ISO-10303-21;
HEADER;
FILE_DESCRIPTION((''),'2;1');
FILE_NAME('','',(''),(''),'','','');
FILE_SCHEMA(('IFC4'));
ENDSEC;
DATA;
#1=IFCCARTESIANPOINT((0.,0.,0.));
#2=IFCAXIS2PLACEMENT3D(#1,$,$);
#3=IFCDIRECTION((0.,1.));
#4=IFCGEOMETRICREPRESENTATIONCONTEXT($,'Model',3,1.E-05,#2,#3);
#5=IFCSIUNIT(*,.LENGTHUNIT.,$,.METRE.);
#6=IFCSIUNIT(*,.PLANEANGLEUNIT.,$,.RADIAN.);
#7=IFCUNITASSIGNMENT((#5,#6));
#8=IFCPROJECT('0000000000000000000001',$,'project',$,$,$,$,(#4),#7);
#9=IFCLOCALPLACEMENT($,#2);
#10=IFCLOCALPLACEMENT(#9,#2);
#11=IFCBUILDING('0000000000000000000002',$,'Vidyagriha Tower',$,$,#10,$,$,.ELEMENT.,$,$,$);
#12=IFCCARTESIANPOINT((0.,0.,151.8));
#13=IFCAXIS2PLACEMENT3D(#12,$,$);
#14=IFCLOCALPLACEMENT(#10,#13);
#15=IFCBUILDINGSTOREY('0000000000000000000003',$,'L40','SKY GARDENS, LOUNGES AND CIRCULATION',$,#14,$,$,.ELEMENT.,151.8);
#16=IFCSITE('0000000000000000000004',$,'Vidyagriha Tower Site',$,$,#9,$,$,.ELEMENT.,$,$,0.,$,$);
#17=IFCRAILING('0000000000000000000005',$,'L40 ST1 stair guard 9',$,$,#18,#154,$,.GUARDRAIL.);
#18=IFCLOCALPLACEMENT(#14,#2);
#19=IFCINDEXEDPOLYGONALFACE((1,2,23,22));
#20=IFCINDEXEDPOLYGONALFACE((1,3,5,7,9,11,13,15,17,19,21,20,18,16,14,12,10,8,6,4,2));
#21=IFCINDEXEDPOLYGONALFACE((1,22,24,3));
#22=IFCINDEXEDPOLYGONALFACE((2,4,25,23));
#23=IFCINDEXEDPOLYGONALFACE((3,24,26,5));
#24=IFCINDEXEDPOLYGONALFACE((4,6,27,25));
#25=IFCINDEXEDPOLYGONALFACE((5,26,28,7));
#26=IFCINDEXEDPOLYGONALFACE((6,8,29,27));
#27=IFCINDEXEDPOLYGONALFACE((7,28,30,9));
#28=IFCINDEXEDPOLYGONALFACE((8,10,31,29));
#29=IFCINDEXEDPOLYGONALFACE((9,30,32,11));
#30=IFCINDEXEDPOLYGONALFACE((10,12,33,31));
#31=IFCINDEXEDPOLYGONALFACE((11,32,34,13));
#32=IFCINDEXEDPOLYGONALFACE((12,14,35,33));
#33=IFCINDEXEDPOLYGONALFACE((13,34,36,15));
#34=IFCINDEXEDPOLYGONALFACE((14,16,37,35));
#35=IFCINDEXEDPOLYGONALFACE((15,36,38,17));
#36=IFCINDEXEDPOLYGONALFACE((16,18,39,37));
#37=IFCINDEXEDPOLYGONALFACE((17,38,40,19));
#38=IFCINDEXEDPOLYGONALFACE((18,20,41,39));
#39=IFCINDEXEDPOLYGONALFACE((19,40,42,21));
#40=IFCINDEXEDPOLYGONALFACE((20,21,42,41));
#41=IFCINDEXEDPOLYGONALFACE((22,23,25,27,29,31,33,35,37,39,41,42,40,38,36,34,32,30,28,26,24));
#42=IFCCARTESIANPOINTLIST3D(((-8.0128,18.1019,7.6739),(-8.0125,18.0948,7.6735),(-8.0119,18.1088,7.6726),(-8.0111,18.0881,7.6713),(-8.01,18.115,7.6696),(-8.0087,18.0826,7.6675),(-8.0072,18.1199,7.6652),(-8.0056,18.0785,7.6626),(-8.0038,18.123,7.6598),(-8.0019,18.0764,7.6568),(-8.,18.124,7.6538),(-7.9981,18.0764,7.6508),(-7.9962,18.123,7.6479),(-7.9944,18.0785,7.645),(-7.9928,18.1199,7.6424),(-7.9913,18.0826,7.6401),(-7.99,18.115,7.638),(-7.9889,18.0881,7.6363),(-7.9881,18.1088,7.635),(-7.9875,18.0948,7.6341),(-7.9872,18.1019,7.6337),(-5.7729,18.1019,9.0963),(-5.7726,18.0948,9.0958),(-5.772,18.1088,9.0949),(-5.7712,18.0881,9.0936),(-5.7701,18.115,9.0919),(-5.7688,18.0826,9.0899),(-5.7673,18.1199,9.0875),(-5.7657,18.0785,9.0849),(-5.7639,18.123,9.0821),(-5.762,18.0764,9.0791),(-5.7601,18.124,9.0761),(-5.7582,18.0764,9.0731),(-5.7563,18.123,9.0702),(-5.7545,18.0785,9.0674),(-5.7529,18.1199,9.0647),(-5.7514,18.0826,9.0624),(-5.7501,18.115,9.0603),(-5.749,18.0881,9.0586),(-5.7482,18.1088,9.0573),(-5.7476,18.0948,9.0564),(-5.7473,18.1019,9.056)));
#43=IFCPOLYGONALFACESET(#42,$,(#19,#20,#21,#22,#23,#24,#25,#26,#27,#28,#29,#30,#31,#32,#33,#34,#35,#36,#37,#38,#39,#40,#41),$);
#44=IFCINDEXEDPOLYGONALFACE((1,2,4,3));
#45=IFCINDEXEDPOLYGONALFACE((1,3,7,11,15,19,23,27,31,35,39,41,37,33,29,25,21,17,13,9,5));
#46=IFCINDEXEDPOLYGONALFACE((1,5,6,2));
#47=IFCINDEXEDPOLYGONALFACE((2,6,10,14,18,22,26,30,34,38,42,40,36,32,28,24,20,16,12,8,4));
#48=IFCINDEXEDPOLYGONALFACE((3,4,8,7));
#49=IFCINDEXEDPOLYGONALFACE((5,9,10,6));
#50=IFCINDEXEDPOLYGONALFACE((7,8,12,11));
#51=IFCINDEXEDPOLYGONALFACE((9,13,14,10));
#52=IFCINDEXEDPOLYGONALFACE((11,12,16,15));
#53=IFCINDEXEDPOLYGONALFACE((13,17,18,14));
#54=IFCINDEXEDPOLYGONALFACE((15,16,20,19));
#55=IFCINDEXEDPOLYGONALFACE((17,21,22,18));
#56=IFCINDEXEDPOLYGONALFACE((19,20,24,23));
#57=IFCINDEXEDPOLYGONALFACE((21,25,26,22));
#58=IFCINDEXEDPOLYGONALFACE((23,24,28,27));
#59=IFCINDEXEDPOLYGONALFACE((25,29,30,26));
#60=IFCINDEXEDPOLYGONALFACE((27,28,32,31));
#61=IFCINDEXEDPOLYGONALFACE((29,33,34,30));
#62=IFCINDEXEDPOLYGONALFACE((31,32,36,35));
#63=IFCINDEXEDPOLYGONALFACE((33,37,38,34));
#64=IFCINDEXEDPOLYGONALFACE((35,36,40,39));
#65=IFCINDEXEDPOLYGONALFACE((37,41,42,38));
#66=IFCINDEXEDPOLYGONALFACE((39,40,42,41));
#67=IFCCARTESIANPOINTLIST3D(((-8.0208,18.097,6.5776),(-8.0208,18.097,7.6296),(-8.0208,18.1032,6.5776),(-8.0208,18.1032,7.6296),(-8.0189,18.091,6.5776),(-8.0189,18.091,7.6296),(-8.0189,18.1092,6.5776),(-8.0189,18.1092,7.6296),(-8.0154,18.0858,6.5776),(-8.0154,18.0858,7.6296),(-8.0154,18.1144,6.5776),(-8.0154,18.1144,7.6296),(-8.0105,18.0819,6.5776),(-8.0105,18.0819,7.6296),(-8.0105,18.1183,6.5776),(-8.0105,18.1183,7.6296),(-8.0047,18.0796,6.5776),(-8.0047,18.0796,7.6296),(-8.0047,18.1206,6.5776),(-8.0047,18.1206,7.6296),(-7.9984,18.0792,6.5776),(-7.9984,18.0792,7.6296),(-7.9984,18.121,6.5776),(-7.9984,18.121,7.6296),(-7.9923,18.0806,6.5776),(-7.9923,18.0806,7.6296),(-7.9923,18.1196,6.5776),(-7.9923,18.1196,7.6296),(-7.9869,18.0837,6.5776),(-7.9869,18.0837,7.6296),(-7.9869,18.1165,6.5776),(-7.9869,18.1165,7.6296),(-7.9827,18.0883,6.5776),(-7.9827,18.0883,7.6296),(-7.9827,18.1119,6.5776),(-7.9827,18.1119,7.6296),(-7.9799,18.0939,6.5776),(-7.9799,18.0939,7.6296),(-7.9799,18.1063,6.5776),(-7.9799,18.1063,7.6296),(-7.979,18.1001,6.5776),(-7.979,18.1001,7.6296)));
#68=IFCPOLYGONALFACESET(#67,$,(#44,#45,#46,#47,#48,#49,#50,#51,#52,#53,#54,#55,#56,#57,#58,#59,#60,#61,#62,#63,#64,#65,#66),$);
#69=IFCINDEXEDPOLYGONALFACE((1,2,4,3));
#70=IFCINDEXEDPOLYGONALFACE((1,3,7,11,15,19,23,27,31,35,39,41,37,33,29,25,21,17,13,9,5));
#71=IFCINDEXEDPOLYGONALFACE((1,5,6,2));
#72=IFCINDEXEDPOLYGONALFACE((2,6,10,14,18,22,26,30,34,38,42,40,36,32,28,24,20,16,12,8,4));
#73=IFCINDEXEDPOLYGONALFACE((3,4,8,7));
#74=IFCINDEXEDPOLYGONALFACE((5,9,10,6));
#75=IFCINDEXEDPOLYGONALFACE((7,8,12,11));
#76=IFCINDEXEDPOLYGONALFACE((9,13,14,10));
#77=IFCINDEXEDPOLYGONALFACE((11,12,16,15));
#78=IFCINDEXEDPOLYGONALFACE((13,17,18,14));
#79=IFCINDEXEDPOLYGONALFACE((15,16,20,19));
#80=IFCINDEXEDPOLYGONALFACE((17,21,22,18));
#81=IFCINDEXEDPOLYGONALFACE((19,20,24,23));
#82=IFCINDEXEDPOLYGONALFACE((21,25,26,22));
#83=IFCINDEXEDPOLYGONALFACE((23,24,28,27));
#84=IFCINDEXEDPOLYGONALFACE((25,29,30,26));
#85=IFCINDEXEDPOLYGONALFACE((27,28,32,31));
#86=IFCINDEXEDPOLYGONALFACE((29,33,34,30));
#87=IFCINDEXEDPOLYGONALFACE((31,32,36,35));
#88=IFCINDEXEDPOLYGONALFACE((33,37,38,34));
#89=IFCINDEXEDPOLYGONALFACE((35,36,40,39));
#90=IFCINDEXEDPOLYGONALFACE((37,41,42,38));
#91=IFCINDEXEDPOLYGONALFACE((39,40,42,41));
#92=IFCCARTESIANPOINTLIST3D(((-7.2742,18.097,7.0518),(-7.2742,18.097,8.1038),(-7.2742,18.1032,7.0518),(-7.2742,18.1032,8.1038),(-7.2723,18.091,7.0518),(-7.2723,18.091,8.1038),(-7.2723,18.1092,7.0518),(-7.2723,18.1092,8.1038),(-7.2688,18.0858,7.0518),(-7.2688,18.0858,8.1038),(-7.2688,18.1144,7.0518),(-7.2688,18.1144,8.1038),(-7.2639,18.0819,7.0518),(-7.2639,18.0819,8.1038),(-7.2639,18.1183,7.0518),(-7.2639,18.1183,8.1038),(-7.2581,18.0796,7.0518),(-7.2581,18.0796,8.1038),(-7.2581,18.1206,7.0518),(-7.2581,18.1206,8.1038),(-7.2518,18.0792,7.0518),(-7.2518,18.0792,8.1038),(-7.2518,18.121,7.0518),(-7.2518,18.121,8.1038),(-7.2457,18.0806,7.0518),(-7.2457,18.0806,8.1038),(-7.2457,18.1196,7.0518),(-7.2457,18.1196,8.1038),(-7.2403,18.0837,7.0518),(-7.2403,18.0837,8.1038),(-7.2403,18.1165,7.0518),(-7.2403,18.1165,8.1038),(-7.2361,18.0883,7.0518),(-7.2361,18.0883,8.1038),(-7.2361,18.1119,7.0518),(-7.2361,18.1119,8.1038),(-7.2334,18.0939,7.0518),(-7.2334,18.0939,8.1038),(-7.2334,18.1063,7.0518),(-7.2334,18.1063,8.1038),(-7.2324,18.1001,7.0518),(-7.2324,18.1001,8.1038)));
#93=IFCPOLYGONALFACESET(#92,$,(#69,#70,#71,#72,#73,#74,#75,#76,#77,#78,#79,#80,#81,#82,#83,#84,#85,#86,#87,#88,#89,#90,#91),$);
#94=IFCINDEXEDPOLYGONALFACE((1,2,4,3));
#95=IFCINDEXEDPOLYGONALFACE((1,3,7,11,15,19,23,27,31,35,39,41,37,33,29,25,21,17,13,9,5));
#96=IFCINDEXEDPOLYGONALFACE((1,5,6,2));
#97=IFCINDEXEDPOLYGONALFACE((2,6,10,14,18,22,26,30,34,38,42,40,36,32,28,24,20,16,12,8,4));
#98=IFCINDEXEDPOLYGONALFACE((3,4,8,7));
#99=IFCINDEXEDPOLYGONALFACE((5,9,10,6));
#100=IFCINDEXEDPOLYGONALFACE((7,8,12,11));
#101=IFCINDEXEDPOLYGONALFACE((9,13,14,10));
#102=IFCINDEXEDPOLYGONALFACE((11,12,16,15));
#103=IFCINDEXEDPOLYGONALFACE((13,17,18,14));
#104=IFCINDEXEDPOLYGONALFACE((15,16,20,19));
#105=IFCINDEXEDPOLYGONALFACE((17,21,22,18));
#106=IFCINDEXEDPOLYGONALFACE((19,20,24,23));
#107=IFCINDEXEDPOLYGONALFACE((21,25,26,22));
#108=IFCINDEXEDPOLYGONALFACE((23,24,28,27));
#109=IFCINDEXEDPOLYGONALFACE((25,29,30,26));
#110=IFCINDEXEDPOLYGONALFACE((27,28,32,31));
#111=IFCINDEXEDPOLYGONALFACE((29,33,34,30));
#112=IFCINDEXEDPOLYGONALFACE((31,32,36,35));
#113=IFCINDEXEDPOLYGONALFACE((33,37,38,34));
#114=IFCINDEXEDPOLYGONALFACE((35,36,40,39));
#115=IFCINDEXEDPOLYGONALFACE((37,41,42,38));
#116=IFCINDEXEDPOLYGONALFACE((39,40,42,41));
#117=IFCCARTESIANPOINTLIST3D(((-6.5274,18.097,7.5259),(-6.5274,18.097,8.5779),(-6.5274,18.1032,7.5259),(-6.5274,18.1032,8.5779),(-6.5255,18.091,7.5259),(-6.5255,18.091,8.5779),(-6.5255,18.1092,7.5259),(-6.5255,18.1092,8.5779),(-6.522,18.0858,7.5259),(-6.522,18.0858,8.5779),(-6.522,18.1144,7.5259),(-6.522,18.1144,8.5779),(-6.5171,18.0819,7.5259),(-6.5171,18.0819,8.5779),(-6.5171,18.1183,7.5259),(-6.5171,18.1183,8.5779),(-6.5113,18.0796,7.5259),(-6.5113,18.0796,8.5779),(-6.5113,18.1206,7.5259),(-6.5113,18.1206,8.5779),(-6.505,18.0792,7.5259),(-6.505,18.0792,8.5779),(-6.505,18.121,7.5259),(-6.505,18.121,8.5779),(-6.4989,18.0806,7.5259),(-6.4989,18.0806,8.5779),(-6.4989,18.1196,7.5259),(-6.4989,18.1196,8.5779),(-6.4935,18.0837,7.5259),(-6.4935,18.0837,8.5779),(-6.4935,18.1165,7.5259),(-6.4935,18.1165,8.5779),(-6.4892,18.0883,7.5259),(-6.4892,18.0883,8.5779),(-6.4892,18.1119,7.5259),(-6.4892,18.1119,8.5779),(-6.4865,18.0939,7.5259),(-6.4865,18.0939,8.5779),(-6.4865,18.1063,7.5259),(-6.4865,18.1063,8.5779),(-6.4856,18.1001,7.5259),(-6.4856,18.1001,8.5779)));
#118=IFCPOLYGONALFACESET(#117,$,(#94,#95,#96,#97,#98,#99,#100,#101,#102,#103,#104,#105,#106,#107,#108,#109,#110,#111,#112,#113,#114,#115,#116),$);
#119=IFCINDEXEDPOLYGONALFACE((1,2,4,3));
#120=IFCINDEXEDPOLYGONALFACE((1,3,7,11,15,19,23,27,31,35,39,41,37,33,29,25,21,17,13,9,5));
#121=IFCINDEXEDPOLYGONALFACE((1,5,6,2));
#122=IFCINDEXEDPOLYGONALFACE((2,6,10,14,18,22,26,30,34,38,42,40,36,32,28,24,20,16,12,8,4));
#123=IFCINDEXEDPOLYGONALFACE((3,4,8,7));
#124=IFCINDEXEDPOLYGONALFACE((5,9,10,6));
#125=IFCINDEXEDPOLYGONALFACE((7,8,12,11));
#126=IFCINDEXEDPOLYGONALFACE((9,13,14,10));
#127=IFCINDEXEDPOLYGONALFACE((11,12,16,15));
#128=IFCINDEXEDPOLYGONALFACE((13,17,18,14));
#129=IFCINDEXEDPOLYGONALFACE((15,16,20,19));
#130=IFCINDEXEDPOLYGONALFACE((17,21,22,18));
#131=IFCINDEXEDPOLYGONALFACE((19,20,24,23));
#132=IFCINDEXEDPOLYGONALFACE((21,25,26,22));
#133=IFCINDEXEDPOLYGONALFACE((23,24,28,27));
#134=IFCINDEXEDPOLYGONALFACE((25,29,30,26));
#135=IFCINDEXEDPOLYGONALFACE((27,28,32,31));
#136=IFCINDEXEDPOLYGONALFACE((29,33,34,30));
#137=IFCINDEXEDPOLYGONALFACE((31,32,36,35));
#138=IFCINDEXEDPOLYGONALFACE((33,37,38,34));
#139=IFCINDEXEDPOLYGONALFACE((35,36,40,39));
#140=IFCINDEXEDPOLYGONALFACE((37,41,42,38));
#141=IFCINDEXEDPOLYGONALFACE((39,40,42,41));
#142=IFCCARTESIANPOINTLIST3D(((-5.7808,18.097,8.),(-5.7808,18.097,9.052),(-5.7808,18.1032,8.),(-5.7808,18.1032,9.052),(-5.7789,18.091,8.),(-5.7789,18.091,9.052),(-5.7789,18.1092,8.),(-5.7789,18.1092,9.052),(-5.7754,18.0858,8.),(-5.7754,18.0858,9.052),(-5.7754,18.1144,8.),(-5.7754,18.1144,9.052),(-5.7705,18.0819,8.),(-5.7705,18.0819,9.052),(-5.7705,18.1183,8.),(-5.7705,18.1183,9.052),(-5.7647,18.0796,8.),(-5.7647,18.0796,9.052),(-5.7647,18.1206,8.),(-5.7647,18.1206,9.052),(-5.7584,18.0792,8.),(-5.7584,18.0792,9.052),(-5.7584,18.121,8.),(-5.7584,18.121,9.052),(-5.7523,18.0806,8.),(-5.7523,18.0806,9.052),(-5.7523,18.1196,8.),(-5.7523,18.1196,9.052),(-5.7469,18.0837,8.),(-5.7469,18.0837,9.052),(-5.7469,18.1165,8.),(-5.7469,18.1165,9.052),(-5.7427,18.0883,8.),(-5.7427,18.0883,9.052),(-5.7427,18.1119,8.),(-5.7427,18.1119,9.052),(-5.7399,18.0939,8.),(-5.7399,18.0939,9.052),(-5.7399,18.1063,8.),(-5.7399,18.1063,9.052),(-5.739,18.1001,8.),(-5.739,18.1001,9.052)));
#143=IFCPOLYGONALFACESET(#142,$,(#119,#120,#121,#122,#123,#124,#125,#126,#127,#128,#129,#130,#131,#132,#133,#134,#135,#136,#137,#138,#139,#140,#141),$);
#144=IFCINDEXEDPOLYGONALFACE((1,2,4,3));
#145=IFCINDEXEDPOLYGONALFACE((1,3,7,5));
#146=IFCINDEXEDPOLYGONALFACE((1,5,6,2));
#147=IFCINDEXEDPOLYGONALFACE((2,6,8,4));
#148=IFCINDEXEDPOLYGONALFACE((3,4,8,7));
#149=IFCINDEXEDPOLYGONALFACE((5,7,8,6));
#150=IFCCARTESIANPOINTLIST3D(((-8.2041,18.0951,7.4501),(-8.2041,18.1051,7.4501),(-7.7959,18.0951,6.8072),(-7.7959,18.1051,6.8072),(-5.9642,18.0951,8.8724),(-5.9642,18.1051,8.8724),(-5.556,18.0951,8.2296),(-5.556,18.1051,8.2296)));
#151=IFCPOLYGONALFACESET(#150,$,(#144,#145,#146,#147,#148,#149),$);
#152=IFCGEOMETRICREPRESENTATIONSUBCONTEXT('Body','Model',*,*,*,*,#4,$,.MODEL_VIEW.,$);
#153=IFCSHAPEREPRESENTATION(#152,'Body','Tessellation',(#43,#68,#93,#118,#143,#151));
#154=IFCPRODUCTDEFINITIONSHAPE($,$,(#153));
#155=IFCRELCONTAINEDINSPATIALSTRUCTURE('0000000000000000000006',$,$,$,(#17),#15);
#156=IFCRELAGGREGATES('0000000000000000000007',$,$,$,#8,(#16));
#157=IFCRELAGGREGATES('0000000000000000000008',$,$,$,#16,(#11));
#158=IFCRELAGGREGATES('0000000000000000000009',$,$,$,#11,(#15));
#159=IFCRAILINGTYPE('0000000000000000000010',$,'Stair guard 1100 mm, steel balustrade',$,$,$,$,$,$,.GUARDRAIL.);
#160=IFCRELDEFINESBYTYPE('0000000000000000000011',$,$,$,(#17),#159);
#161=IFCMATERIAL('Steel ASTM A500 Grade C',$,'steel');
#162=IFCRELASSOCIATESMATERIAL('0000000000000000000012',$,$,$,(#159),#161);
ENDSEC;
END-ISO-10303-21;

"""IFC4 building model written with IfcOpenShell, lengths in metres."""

from ifc_helpers import new_model, si_unit, direction, frame, origin, origin_2d, place, context, subcontext, project, spatial, rectangle, circle, extrude, material, type_object, element, save


model = new_model("IFC4")

# Units and contexts
model_context = context("Model", 3, precision=1e-05, world=origin(), true_north=direction((0.0, 1.0)))
body_context = subcontext(model_context, "Body", "Model", "MODEL_VIEW")
ifc_project = project(units=[si_unit("LENGTHUNIT", "METRE"), si_unit("PLANEANGLEUNIT", "RADIAN")], contexts=[model_context])

# Site, building, storey
site_placement = place(None, origin())
site = spatial("IfcSite", under=ifc_project, at=site_placement, Name="Vidyagriha Tower Site", CompositionType="ELEMENT", RefElevation=0.0)
building_placement = place(site_placement, origin())
building = spatial("IfcBuilding", under=site, at=building_placement, Name="Vidyagriha Tower", CompositionType="ELEMENT")
storey_placement = place(building_placement, frame((0.0, 0.0, 151.8)))
storey = spatial("IfcBuildingStorey", under=building, at=storey_placement, Name="L40", Description="SKY GARDENS, LOUNGES AND CIRCULATION", CompositionType="ELEMENT", Elevation=151.8)

# Railing
ifc_material_1 = material(Name="Steel ASTM A500 Grade C", Category="steel")
railing_type_1 = type_object("IfcRailingType", Name="Stair guard 1100 mm, steel balustrade", PredefinedType="GUARDRAIL", material=ifc_material_1)
railing_1_placement = place(storey_placement, frame((-8.0, 18.1001, 6.5776)))
element("IfcRailing", 1, at=railing_1_placement, inside=storey, type_object=railing_type_1, Name="L40 ST1 stair guard 9", PredefinedType="GUARDRAIL", context=body_context, shape_type="SweptSolid", body=[
    extrude(circle(Radius=0.0239, at=origin_2d()), frame((0.0, 0.0, 1.0762), z_axis=(0.844188, 0.0, 0.536048), x_axis=(0.0, 1.0, 0.0)), (0.0, 0.0, 1.0), 2.6533),
    extrude(circle(Radius=0.021, at=origin_2d()), origin(), (0.0, 0.0, 1.0), 1.052),
    extrude(circle(Radius=0.021, at=origin_2d()), frame((0.7466, 0.0, 0.4741)), (0.0, 0.0, 1.0), 1.052),
    extrude(circle(Radius=0.021, at=origin_2d()), frame((1.4934, 0.0, 0.9482)), (0.0, 0.0, 1.0), 1.052),
    extrude(circle(Radius=0.021, at=origin_2d()), frame((2.24, 0.0, 1.4224)), (0.0, 0.0, 1.0), 1.052),
    extrude(rectangle(XDim=0.01, YDim=0.7615, at=origin_2d()), frame((0.0, 0.0, 0.551), z_axis=(0.844188, 0.0, 0.536048), x_axis=(0.0, 1.0, 0.0)), (0.0, 0.0, 1.0), 2.6533),
])

save(model, "model.ifc")
